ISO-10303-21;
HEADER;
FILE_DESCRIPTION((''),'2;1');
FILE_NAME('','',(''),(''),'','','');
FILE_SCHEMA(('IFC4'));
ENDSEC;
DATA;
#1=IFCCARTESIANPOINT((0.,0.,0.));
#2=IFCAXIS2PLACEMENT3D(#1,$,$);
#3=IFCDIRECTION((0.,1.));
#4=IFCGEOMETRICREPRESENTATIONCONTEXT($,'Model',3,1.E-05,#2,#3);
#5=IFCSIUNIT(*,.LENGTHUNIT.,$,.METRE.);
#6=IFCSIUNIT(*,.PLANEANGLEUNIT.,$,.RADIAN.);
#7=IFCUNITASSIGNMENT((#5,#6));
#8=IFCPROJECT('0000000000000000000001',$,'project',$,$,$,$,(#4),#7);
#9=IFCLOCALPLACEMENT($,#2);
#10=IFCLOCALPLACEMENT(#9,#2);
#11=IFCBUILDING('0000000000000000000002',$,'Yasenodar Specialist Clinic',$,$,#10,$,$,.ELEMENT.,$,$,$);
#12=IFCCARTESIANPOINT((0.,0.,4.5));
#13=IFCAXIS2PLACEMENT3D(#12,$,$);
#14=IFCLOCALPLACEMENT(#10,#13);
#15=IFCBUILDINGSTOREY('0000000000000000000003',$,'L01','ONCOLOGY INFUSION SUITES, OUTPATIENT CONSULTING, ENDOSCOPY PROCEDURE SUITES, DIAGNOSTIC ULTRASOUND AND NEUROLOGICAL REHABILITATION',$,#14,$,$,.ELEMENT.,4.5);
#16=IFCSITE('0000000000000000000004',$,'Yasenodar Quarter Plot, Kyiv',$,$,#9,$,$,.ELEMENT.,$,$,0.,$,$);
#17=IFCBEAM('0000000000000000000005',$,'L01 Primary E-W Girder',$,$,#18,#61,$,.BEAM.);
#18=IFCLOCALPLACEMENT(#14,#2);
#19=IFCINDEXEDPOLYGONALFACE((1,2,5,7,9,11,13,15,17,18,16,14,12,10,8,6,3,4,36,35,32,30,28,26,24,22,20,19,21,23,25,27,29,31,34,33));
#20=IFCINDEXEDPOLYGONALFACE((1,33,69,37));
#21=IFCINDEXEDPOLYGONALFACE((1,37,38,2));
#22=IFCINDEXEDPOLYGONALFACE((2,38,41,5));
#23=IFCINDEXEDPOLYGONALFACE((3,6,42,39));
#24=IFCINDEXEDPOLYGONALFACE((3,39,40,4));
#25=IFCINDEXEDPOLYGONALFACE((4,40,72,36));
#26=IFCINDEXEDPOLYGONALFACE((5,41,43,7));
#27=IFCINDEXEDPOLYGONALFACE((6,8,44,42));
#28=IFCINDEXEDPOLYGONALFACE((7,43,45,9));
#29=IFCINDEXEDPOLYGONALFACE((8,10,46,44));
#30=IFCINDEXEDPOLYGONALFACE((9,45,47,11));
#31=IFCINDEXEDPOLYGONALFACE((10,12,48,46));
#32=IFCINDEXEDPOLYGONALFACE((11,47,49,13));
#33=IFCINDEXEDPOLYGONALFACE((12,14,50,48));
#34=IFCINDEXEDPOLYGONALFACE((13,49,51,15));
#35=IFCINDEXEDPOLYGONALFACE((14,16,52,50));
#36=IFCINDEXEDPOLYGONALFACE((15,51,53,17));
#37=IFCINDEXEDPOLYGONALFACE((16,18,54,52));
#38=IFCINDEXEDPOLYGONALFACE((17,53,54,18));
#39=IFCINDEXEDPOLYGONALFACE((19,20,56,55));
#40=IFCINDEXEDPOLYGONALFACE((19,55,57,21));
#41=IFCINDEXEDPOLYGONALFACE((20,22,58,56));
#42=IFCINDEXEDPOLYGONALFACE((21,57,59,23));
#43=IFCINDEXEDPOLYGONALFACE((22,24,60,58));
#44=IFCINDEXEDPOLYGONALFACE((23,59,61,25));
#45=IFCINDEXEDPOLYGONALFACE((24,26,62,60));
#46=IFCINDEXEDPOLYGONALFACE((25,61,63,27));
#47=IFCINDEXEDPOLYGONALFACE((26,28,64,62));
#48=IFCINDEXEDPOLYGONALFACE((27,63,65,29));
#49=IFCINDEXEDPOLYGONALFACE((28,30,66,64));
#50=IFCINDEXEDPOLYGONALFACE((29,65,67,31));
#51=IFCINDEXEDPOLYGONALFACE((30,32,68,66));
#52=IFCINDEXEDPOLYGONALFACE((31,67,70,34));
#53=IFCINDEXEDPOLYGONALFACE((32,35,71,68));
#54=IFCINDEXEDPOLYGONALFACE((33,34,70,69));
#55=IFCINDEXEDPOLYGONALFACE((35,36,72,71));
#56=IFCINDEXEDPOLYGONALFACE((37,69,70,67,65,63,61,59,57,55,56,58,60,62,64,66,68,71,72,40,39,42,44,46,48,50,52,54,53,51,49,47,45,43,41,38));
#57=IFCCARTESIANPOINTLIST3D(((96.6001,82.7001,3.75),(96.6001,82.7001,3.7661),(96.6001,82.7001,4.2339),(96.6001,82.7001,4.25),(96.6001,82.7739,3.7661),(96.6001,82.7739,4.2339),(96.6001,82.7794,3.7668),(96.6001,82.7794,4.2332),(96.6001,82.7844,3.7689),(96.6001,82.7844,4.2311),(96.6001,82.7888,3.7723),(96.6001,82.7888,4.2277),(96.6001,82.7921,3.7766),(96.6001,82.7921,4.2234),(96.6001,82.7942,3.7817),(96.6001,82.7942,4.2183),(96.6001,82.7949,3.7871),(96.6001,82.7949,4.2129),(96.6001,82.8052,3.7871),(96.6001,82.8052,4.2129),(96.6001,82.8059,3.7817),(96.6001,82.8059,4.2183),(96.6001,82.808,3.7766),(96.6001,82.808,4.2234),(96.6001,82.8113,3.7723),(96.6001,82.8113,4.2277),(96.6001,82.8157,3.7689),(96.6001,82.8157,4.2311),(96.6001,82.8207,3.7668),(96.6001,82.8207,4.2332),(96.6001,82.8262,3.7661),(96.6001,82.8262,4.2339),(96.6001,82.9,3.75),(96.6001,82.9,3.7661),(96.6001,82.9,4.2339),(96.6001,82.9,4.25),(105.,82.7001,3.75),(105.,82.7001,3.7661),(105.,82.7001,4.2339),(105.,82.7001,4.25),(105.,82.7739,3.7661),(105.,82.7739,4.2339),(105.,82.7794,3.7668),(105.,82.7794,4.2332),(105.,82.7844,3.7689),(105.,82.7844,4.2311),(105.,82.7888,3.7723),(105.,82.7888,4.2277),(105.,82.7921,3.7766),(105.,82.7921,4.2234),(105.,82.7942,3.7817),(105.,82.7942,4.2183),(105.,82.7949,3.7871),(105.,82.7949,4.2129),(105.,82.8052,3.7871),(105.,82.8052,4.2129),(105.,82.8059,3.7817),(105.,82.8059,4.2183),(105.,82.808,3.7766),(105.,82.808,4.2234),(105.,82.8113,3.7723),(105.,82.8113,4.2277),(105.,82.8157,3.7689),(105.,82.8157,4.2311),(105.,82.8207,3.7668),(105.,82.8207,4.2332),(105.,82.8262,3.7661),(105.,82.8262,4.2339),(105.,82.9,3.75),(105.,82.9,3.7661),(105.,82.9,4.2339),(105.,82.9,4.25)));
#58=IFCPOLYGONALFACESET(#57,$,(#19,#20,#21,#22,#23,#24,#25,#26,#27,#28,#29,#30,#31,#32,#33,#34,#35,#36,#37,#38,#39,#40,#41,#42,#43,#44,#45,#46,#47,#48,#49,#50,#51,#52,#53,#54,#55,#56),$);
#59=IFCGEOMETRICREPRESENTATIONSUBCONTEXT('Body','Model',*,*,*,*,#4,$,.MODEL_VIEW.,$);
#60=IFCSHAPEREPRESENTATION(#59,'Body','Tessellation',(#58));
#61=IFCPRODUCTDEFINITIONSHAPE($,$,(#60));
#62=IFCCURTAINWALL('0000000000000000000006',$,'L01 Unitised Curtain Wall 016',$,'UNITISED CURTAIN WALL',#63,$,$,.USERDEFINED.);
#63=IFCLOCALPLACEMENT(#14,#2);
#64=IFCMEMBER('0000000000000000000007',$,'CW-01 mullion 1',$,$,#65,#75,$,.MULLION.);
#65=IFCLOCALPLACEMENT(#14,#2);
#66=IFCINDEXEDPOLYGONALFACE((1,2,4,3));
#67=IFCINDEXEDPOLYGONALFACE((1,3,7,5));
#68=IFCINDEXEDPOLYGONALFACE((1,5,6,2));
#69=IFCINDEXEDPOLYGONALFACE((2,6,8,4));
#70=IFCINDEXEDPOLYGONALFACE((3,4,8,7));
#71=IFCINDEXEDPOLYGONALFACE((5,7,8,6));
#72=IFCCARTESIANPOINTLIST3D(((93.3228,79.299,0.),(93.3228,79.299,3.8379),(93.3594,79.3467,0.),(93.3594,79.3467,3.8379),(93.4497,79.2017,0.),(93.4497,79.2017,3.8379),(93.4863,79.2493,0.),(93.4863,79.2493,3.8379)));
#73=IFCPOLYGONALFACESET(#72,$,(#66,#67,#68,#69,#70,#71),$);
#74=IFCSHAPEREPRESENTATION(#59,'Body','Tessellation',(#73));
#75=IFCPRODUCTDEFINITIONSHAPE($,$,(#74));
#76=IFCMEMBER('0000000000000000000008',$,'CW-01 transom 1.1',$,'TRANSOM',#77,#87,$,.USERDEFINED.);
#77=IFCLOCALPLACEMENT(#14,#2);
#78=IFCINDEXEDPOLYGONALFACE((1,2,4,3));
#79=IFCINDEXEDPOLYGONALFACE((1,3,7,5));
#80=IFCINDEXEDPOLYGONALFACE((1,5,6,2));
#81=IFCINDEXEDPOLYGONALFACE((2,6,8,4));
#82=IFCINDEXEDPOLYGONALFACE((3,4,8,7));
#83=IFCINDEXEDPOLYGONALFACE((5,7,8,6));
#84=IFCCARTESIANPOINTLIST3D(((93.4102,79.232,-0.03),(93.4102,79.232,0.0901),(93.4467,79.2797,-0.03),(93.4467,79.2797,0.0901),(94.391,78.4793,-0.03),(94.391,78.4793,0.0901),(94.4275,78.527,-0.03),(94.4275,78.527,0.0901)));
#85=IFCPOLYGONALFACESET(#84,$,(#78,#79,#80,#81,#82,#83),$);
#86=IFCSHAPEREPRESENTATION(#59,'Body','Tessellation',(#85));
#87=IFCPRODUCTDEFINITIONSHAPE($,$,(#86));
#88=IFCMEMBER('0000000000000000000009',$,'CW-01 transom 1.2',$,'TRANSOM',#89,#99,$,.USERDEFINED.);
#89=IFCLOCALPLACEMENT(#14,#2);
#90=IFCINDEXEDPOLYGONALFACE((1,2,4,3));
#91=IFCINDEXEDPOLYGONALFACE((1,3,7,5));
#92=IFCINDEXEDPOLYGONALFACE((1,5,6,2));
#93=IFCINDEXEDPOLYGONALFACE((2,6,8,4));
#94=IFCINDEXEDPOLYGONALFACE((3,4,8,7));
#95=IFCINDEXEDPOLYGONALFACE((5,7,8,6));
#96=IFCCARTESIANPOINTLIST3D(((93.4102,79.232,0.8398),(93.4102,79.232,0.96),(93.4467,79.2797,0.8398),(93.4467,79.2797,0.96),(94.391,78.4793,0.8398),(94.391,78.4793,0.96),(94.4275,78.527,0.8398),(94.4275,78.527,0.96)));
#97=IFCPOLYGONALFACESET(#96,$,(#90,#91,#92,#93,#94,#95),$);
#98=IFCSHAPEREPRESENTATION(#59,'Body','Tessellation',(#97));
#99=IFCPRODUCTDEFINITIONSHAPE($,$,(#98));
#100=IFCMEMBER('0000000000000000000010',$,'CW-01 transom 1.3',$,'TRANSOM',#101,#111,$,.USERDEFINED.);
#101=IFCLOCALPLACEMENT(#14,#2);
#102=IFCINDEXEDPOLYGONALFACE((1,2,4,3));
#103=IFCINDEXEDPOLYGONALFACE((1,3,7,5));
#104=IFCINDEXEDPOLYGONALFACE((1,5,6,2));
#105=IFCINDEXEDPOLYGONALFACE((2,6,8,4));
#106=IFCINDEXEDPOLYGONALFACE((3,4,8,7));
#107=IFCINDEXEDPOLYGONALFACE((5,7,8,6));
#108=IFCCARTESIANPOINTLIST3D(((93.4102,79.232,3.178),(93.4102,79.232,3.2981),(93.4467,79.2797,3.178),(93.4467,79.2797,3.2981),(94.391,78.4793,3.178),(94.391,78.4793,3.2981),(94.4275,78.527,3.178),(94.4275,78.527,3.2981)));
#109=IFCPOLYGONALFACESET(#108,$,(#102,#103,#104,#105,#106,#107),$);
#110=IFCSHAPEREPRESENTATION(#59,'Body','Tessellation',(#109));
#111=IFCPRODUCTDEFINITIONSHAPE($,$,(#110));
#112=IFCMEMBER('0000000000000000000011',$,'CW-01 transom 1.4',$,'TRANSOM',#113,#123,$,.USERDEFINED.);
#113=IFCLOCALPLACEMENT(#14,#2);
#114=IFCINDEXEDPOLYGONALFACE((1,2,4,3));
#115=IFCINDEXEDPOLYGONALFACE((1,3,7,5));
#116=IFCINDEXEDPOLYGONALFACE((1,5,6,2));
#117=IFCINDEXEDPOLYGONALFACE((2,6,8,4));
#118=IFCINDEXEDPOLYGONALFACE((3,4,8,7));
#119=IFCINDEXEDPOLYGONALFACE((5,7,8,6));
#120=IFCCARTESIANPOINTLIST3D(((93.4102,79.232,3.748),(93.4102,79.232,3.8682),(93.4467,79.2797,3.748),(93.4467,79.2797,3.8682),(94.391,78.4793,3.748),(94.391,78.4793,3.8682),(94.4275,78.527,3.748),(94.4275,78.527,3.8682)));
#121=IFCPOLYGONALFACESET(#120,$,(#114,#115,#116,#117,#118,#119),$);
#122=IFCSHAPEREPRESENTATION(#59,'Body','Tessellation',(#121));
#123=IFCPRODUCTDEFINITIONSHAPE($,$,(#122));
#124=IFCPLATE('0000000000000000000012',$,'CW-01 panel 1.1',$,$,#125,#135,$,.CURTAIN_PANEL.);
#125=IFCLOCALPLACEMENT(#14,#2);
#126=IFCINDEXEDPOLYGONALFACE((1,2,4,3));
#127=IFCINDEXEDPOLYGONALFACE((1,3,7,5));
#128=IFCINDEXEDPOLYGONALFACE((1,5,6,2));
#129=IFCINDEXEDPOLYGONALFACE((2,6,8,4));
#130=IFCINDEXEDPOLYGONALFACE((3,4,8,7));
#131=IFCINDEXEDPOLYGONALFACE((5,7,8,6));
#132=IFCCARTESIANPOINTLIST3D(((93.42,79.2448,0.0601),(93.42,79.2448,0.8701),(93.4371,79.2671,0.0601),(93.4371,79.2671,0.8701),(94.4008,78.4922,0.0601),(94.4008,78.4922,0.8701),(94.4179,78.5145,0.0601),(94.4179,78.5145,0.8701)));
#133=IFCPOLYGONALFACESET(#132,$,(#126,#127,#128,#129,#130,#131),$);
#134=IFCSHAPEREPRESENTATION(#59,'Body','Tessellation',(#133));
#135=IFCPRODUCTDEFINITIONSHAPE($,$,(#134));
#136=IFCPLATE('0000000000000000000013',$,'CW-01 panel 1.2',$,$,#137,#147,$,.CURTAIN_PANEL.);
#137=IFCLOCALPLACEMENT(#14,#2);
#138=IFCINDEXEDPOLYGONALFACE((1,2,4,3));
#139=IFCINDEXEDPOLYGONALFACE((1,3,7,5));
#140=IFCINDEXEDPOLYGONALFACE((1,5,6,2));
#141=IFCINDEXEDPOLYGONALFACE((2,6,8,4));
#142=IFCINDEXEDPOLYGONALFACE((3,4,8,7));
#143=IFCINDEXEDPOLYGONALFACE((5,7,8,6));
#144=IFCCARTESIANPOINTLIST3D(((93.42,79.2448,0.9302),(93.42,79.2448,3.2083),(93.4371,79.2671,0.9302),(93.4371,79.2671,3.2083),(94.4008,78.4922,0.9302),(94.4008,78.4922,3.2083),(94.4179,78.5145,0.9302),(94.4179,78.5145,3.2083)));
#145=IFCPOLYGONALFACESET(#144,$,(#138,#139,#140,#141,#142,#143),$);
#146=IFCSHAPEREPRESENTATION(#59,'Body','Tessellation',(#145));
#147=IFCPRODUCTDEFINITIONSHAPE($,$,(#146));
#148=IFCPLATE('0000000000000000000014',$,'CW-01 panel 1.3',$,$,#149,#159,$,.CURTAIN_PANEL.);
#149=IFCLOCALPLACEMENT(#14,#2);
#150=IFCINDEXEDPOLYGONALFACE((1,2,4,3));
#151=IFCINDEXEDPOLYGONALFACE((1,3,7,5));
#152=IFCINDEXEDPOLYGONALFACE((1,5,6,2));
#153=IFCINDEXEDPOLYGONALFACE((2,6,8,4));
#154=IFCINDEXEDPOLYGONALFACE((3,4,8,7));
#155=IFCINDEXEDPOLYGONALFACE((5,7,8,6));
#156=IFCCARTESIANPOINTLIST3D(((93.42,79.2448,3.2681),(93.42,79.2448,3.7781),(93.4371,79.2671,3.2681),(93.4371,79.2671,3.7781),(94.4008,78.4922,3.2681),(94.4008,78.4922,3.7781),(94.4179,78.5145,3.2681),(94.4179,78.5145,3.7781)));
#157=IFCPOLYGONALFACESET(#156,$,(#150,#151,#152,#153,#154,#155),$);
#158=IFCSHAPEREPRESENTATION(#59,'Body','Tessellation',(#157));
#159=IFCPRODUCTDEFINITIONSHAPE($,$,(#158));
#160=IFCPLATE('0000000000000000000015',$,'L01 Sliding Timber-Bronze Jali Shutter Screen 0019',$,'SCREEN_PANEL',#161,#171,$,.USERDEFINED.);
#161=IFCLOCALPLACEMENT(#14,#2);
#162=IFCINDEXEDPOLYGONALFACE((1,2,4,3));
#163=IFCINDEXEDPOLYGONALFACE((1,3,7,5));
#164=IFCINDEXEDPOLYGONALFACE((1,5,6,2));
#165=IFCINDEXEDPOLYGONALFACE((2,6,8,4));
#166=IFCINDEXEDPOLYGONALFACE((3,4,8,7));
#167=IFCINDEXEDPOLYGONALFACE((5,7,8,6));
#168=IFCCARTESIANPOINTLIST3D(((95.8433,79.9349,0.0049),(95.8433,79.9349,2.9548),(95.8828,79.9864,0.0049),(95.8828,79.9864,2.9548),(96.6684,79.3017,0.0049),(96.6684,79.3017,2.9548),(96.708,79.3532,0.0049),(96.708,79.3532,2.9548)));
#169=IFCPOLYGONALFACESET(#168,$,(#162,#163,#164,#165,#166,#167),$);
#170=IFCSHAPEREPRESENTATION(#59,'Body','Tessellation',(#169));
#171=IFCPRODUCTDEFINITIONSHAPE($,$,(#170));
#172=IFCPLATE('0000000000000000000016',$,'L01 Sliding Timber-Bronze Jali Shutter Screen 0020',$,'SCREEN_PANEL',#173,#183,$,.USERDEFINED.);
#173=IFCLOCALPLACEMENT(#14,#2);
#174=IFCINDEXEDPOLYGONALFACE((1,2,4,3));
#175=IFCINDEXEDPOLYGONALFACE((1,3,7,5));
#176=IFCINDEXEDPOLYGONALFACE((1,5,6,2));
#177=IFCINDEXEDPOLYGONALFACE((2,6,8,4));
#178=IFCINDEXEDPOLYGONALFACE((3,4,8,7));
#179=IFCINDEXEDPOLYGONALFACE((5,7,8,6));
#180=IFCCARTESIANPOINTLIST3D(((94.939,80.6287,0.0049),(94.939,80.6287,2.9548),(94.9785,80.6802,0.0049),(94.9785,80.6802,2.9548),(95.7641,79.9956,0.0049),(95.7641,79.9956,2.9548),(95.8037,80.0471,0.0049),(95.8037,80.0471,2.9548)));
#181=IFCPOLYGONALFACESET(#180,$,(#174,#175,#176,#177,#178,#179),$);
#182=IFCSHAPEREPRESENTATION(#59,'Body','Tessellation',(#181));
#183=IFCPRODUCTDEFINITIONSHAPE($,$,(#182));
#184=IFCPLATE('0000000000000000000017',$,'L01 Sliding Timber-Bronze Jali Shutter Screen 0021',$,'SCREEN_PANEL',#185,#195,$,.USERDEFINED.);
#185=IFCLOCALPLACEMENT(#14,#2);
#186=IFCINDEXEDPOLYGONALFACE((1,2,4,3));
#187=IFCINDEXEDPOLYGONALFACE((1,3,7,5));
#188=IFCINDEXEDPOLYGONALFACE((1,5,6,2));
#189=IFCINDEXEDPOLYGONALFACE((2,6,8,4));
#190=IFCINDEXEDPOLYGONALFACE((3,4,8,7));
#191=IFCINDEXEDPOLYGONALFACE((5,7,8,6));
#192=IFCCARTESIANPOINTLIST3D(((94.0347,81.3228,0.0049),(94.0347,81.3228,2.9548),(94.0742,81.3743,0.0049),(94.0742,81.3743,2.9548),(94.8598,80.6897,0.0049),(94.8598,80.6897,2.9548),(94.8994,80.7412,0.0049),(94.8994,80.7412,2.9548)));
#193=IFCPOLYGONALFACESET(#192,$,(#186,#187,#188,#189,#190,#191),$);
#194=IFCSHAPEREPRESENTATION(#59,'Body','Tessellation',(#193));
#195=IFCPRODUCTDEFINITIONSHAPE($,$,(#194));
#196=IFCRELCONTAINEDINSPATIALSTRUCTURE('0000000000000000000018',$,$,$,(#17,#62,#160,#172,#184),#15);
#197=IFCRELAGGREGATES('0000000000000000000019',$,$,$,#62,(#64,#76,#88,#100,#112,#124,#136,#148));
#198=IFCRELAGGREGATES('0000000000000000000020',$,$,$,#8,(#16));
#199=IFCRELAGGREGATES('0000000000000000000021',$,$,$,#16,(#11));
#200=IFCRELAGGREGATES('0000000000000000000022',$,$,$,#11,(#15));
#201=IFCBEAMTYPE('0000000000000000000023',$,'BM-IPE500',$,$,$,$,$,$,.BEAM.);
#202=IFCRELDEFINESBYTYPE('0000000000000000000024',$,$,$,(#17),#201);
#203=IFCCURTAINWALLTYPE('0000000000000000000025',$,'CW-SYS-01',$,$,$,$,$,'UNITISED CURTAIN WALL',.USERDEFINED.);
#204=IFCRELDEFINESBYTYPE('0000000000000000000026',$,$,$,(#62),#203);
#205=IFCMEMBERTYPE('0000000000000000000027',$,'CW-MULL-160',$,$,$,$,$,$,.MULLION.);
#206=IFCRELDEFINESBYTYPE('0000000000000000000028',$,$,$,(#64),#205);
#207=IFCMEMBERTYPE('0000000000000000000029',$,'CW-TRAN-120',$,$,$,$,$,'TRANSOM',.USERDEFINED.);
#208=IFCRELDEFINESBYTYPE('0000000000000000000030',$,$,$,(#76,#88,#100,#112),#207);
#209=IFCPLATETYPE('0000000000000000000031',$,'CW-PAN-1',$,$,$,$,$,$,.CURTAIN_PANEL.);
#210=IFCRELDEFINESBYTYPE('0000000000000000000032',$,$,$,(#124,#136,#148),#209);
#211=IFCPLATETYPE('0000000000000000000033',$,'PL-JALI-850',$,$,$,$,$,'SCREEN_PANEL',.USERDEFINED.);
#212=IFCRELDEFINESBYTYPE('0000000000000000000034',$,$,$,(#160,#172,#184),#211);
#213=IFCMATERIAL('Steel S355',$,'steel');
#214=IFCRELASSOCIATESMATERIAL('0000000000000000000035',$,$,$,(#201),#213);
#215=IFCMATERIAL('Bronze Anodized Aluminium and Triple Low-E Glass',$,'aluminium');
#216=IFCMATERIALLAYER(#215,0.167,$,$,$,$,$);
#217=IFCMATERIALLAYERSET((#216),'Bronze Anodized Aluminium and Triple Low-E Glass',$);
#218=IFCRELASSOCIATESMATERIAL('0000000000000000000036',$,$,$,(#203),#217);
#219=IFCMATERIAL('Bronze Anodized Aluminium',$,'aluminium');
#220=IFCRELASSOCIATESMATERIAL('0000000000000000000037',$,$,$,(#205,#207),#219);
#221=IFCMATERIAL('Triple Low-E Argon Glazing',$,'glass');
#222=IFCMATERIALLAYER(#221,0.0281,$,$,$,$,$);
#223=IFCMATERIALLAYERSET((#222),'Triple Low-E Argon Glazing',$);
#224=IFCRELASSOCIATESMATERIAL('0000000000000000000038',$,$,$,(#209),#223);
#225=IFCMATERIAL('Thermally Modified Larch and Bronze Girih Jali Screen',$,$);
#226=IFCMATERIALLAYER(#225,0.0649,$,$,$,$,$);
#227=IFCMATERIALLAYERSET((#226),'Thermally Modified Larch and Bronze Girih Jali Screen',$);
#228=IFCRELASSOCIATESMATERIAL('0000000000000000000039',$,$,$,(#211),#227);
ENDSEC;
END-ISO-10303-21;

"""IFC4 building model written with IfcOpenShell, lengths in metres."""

from ifc_helpers import new_model, si_unit, direction, frame, origin, origin_2d, place, context, subcontext, project, spatial, rectangle, i_section, extrude, material, layer, layer_set, material_profile, profile_set, type_object, element, aggregate, save


model = new_model("IFC4")

# Units and contexts
model_context = context("Model", 3, precision=1e-05, world=origin(), true_north=direction((0.0, 1.0)))
body_context = subcontext(model_context, "Body", "Model", "MODEL_VIEW")
ifc_project = project(units=[si_unit("LENGTHUNIT", "METRE"), si_unit("PLANEANGLEUNIT", "RADIAN")], contexts=[model_context])

# Site, building, storey
site_placement = place(None, origin())
site = spatial("IfcSite", under=ifc_project, at=site_placement, Name="Yasenodar Quarter Plot, Kyiv", CompositionType="ELEMENT", RefElevation=0.0)
building_placement = place(site_placement, origin())
building = spatial("IfcBuilding", under=site, at=building_placement, Name="Yasenodar Specialist Clinic", CompositionType="ELEMENT")
storey_placement = place(building_placement, frame((0.0, 0.0, 4.5)))
storey = spatial("IfcBuildingStorey", under=building, at=storey_placement, Name="L01", Description="ONCOLOGY INFUSION SUITES, OUTPATIENT CONSULTING, ENDOSCOPY PROCEDURE SUITES, DIAGNOSTIC ULTRASOUND AND NEUROLOGICAL REHABILITATION", CompositionType="ELEMENT", Elevation=4.5)

# Shared definitions
ifc_material_1 = material(Name="Steel S355", Category="steel")

# Beam
ifc_material_profile_1 = material_profile(ifc_material_1, i_section(OverallWidth=0.2, OverallDepth=0.5, WebThickness=0.0103, FlangeThickness=0.0161, FilletRadius=0.021, at=origin_2d()), Name="IPE 500")
ifc_profile_set_1 = profile_set([ifc_material_profile_1], Name="Steel S355")
beam_type_1 = type_object("IfcBeamType", Name="BM-IPE500", PredefinedType="BEAM", material=ifc_profile_set_1)
beam_1_placement = place(storey_placement, frame((96.6001, 82.8, 4.0), z_axis=(1.0, 0.0, 0.0), x_axis=(0.0, 1.0, 0.0)))
element("IfcBeam", 1, at=beam_1_placement, inside=storey, type_object=beam_type_1, Name="L01 Primary E-W Girder", PredefinedType="BEAM", context=body_context, shape_type="SweptSolid", body=[
    extrude(i_section(OverallWidth=0.2, OverallDepth=0.5, WebThickness=0.0103, FlangeThickness=0.0161, FilletRadius=0.021, at=origin_2d()), origin(), (0.0, 0.0, 1.0), 8.3999),
])

# Curtain wall, members, plates
ifc_material_2 = material(Name="Bronze Anodized Aluminium and Triple Low-E Glass", Category="aluminium")
ifc_layer_1 = layer(ifc_material_2, 0.167)
ifc_layer_set_1 = layer_set([ifc_layer_1], Name="Bronze Anodized Aluminium and Triple Low-E Glass")
curtain_wall_type = type_object("IfcCurtainWallType", Name="CW-SYS-01", ElementType="UNITISED CURTAIN WALL", PredefinedType="USERDEFINED", material=ifc_layer_set_1)
curtain_wall_placement = place(storey_placement, origin())
curtain_wall = element("IfcCurtainWall", 2, at=curtain_wall_placement, inside=storey, type_object=curtain_wall_type, Name="L01 Unitised Curtain Wall 016", ObjectType="UNITISED CURTAIN WALL", PredefinedType="USERDEFINED")
ifc_material_3 = material(Name="Bronze Anodized Aluminium", Category="aluminium")
ifc_material_profile_2 = material_profile(ifc_material_3, rectangle(XDim=0.0601, YDim=0.1599, at=origin_2d()), Name="CW-MULL 60x160")
ifc_profile_set_2 = profile_set([ifc_material_profile_2], Name="Bronze Anodized Aluminium")
member_type_1 = type_object("IfcMemberType", Name="CW-MULL-160", PredefinedType="MULLION", material=ifc_profile_set_2)
member_1_placement = place(storey_placement, frame((93.4045, 79.2742, 0.0), z_axis=(0.0, 0.0, 1.0), x_axis=(0.608752, 0.793361, 0.0)))
member_1 = element("IfcMember", 3, at=member_1_placement, type_object=member_type_1, Name="CW-01 mullion 1", PredefinedType="MULLION", context=body_context, shape_type="SweptSolid", body=[
    extrude(rectangle(XDim=0.0601, YDim=0.1599, at=origin_2d()), origin(), (0.0, 0.0, 1.0), 3.8379),
])
ifc_material_profile_3 = material_profile(ifc_material_3, rectangle(XDim=0.0601, YDim=0.1201, at=origin_2d()), Name="CW-TRAN 60x120")
ifc_profile_set_3 = profile_set([ifc_material_profile_3], Name="Bronze Anodized Aluminium")
member_type_2 = type_object("IfcMemberType", Name="CW-TRAN-120", ElementType="TRANSOM", PredefinedType="USERDEFINED", material=ifc_profile_set_3)
member_2_placement = place(storey_placement, frame((93.4285, 79.2559, 0.03), z_axis=(0.793292, -0.608842, 0.0), x_axis=(0.608842, 0.793292, 0.0)))
member_2 = element("IfcMember", 4, at=member_2_placement, type_object=member_type_2, Name="CW-01 transom 1.1", ObjectType="TRANSOM", PredefinedType="USERDEFINED", context=body_context, shape_type="SweptSolid", body=[
    extrude(rectangle(XDim=0.0601, YDim=0.1201, at=origin_2d()), origin(), (0.0, 0.0, 1.0), 1.2363),
])
member_3_placement = place(storey_placement, frame((93.4285, 79.2559, 0.8999), z_axis=(0.793292, -0.608842, 0.0), x_axis=(0.608842, 0.793292, 0.0)))
member_3 = element("IfcMember", 5, at=member_3_placement, type_object=member_type_2, Name="CW-01 transom 1.2", ObjectType="TRANSOM", PredefinedType="USERDEFINED", context=body_context, shape_type="SweptSolid", body=[
    extrude(rectangle(XDim=0.0601, YDim=0.1201, at=origin_2d()), origin(), (0.0, 0.0, 1.0), 1.2363),
])
member_4_placement = place(storey_placement, frame((93.4285, 79.2559, 3.238), z_axis=(0.793292, -0.608842, 0.0), x_axis=(0.608842, 0.793292, 0.0)))
member_4 = element("IfcMember", 6, at=member_4_placement, type_object=member_type_2, Name="CW-01 transom 1.3", ObjectType="TRANSOM", PredefinedType="USERDEFINED", context=body_context, shape_type="SweptSolid", body=[
    extrude(rectangle(XDim=0.0601, YDim=0.1201, at=origin_2d()), origin(), (0.0, 0.0, 1.0), 1.2363),
])
member_5_placement = place(storey_placement, frame((93.4285, 79.2559, 3.8081), z_axis=(0.793292, -0.608842, 0.0), x_axis=(0.608842, 0.793292, 0.0)))
member_5 = element("IfcMember", 7, at=member_5_placement, type_object=member_type_2, Name="CW-01 transom 1.4", ObjectType="TRANSOM", PredefinedType="USERDEFINED", context=body_context, shape_type="SweptSolid", body=[
    extrude(rectangle(XDim=0.0601, YDim=0.1201, at=origin_2d()), origin(), (0.0, 0.0, 1.0), 1.2363),
])
ifc_material_4 = material(Name="Triple Low-E Argon Glazing", Category="glass")
ifc_layer_2 = layer(ifc_material_4, 0.0281)
ifc_layer_set_2 = layer_set([ifc_layer_2], Name="Triple Low-E Argon Glazing")
plate_type_1 = type_object("IfcPlateType", Name="CW-PAN-1", PredefinedType="CURTAIN_PANEL", material=ifc_layer_set_2)
plate_1_placement = place(storey_placement, frame((93.9189, 78.8796, 0.0601), z_axis=(0.0, 0.0, 1.0), x_axis=(0.793361, -0.608752, 0.0)))
plate_1 = element("IfcPlate", 8, at=plate_1_placement, type_object=plate_type_1, Name="CW-01 panel 1.1", PredefinedType="CURTAIN_PANEL", context=body_context, shape_type="SweptSolid", body=[
    extrude(rectangle(XDim=1.2363, YDim=0.0281, at=origin_2d()), origin(), (0.0, 0.0, 1.0), 0.8101),
])
plate_2_placement = place(storey_placement, frame((93.9189, 78.8796, 0.9302), z_axis=(0.0, 0.0, 1.0), x_axis=(0.793361, -0.608752, 0.0)))
plate_2 = element("IfcPlate", 9, at=plate_2_placement, type_object=plate_type_1, Name="CW-01 panel 1.2", PredefinedType="CURTAIN_PANEL", context=body_context, shape_type="SweptSolid", body=[
    extrude(rectangle(XDim=1.2363, YDim=0.0281, at=origin_2d()), origin(), (0.0, 0.0, 1.0), 2.2781),
])
plate_3_placement = place(storey_placement, frame((93.9189, 78.8796, 3.2681), z_axis=(0.0, 0.0, 1.0), x_axis=(0.793361, -0.608752, 0.0)))
plate_3 = element("IfcPlate", 10, at=plate_3_placement, type_object=plate_type_1, Name="CW-01 panel 1.3", PredefinedType="CURTAIN_PANEL", context=body_context, shape_type="SweptSolid", body=[
    extrude(rectangle(XDim=1.2363, YDim=0.0281, at=origin_2d()), origin(), (0.0, 0.0, 1.0), 0.51),
])
aggregate(curtain_wall, [member_1, member_2, member_3, member_4, member_5, plate_1, plate_2, plate_3])

# Plates
ifc_material_5 = material(Name="Thermally Modified Larch and Bronze Girih Jali Screen")
ifc_layer_3 = layer(ifc_material_5, 0.0649)
ifc_layer_set_3 = layer_set([ifc_layer_3], Name="Thermally Modified Larch and Bronze Girih Jali Screen")
plate_type_2 = type_object("IfcPlateType", Name="PL-JALI-850", ElementType="SCREEN_PANEL", PredefinedType="USERDEFINED", material=ifc_layer_set_3)
for number, where, z_axis, x_axis, name in (
    (11, (96.2756, 79.644, 0.0049), (0.0, 0.0, 1.0), (-0.793351, 0.608764, 0.0), "L01 Sliding Timber-Bronze Jali Shutter Screen 0019"),
    (12, (95.3713, 80.3379, 0.0049), (0.0, 0.0, 1.0), (-0.793351, 0.608764, 0.0), "L01 Sliding Timber-Bronze Jali Shutter Screen 0020"),
    (13, (94.467, 81.032, 0.0049), (0.0, 0.0, 1.0), (-0.793351, 0.608764, 0.0), "L01 Sliding Timber-Bronze Jali Shutter Screen 0021"),
):
    element("IfcPlate", number, at=place(storey_placement, frame(where, z_axis=z_axis, x_axis=x_axis)), inside=storey, type_object=plate_type_2, Name=name, ObjectType="SCREEN_PANEL", PredefinedType="USERDEFINED", context=body_context, shape_type="SweptSolid", body=[
        extrude(rectangle(XDim=1.04, YDim=0.0649, at=origin_2d()), origin(), (0.0, 0.0, 1.0), 2.95),
    ])

save(model, "model.ifc")
